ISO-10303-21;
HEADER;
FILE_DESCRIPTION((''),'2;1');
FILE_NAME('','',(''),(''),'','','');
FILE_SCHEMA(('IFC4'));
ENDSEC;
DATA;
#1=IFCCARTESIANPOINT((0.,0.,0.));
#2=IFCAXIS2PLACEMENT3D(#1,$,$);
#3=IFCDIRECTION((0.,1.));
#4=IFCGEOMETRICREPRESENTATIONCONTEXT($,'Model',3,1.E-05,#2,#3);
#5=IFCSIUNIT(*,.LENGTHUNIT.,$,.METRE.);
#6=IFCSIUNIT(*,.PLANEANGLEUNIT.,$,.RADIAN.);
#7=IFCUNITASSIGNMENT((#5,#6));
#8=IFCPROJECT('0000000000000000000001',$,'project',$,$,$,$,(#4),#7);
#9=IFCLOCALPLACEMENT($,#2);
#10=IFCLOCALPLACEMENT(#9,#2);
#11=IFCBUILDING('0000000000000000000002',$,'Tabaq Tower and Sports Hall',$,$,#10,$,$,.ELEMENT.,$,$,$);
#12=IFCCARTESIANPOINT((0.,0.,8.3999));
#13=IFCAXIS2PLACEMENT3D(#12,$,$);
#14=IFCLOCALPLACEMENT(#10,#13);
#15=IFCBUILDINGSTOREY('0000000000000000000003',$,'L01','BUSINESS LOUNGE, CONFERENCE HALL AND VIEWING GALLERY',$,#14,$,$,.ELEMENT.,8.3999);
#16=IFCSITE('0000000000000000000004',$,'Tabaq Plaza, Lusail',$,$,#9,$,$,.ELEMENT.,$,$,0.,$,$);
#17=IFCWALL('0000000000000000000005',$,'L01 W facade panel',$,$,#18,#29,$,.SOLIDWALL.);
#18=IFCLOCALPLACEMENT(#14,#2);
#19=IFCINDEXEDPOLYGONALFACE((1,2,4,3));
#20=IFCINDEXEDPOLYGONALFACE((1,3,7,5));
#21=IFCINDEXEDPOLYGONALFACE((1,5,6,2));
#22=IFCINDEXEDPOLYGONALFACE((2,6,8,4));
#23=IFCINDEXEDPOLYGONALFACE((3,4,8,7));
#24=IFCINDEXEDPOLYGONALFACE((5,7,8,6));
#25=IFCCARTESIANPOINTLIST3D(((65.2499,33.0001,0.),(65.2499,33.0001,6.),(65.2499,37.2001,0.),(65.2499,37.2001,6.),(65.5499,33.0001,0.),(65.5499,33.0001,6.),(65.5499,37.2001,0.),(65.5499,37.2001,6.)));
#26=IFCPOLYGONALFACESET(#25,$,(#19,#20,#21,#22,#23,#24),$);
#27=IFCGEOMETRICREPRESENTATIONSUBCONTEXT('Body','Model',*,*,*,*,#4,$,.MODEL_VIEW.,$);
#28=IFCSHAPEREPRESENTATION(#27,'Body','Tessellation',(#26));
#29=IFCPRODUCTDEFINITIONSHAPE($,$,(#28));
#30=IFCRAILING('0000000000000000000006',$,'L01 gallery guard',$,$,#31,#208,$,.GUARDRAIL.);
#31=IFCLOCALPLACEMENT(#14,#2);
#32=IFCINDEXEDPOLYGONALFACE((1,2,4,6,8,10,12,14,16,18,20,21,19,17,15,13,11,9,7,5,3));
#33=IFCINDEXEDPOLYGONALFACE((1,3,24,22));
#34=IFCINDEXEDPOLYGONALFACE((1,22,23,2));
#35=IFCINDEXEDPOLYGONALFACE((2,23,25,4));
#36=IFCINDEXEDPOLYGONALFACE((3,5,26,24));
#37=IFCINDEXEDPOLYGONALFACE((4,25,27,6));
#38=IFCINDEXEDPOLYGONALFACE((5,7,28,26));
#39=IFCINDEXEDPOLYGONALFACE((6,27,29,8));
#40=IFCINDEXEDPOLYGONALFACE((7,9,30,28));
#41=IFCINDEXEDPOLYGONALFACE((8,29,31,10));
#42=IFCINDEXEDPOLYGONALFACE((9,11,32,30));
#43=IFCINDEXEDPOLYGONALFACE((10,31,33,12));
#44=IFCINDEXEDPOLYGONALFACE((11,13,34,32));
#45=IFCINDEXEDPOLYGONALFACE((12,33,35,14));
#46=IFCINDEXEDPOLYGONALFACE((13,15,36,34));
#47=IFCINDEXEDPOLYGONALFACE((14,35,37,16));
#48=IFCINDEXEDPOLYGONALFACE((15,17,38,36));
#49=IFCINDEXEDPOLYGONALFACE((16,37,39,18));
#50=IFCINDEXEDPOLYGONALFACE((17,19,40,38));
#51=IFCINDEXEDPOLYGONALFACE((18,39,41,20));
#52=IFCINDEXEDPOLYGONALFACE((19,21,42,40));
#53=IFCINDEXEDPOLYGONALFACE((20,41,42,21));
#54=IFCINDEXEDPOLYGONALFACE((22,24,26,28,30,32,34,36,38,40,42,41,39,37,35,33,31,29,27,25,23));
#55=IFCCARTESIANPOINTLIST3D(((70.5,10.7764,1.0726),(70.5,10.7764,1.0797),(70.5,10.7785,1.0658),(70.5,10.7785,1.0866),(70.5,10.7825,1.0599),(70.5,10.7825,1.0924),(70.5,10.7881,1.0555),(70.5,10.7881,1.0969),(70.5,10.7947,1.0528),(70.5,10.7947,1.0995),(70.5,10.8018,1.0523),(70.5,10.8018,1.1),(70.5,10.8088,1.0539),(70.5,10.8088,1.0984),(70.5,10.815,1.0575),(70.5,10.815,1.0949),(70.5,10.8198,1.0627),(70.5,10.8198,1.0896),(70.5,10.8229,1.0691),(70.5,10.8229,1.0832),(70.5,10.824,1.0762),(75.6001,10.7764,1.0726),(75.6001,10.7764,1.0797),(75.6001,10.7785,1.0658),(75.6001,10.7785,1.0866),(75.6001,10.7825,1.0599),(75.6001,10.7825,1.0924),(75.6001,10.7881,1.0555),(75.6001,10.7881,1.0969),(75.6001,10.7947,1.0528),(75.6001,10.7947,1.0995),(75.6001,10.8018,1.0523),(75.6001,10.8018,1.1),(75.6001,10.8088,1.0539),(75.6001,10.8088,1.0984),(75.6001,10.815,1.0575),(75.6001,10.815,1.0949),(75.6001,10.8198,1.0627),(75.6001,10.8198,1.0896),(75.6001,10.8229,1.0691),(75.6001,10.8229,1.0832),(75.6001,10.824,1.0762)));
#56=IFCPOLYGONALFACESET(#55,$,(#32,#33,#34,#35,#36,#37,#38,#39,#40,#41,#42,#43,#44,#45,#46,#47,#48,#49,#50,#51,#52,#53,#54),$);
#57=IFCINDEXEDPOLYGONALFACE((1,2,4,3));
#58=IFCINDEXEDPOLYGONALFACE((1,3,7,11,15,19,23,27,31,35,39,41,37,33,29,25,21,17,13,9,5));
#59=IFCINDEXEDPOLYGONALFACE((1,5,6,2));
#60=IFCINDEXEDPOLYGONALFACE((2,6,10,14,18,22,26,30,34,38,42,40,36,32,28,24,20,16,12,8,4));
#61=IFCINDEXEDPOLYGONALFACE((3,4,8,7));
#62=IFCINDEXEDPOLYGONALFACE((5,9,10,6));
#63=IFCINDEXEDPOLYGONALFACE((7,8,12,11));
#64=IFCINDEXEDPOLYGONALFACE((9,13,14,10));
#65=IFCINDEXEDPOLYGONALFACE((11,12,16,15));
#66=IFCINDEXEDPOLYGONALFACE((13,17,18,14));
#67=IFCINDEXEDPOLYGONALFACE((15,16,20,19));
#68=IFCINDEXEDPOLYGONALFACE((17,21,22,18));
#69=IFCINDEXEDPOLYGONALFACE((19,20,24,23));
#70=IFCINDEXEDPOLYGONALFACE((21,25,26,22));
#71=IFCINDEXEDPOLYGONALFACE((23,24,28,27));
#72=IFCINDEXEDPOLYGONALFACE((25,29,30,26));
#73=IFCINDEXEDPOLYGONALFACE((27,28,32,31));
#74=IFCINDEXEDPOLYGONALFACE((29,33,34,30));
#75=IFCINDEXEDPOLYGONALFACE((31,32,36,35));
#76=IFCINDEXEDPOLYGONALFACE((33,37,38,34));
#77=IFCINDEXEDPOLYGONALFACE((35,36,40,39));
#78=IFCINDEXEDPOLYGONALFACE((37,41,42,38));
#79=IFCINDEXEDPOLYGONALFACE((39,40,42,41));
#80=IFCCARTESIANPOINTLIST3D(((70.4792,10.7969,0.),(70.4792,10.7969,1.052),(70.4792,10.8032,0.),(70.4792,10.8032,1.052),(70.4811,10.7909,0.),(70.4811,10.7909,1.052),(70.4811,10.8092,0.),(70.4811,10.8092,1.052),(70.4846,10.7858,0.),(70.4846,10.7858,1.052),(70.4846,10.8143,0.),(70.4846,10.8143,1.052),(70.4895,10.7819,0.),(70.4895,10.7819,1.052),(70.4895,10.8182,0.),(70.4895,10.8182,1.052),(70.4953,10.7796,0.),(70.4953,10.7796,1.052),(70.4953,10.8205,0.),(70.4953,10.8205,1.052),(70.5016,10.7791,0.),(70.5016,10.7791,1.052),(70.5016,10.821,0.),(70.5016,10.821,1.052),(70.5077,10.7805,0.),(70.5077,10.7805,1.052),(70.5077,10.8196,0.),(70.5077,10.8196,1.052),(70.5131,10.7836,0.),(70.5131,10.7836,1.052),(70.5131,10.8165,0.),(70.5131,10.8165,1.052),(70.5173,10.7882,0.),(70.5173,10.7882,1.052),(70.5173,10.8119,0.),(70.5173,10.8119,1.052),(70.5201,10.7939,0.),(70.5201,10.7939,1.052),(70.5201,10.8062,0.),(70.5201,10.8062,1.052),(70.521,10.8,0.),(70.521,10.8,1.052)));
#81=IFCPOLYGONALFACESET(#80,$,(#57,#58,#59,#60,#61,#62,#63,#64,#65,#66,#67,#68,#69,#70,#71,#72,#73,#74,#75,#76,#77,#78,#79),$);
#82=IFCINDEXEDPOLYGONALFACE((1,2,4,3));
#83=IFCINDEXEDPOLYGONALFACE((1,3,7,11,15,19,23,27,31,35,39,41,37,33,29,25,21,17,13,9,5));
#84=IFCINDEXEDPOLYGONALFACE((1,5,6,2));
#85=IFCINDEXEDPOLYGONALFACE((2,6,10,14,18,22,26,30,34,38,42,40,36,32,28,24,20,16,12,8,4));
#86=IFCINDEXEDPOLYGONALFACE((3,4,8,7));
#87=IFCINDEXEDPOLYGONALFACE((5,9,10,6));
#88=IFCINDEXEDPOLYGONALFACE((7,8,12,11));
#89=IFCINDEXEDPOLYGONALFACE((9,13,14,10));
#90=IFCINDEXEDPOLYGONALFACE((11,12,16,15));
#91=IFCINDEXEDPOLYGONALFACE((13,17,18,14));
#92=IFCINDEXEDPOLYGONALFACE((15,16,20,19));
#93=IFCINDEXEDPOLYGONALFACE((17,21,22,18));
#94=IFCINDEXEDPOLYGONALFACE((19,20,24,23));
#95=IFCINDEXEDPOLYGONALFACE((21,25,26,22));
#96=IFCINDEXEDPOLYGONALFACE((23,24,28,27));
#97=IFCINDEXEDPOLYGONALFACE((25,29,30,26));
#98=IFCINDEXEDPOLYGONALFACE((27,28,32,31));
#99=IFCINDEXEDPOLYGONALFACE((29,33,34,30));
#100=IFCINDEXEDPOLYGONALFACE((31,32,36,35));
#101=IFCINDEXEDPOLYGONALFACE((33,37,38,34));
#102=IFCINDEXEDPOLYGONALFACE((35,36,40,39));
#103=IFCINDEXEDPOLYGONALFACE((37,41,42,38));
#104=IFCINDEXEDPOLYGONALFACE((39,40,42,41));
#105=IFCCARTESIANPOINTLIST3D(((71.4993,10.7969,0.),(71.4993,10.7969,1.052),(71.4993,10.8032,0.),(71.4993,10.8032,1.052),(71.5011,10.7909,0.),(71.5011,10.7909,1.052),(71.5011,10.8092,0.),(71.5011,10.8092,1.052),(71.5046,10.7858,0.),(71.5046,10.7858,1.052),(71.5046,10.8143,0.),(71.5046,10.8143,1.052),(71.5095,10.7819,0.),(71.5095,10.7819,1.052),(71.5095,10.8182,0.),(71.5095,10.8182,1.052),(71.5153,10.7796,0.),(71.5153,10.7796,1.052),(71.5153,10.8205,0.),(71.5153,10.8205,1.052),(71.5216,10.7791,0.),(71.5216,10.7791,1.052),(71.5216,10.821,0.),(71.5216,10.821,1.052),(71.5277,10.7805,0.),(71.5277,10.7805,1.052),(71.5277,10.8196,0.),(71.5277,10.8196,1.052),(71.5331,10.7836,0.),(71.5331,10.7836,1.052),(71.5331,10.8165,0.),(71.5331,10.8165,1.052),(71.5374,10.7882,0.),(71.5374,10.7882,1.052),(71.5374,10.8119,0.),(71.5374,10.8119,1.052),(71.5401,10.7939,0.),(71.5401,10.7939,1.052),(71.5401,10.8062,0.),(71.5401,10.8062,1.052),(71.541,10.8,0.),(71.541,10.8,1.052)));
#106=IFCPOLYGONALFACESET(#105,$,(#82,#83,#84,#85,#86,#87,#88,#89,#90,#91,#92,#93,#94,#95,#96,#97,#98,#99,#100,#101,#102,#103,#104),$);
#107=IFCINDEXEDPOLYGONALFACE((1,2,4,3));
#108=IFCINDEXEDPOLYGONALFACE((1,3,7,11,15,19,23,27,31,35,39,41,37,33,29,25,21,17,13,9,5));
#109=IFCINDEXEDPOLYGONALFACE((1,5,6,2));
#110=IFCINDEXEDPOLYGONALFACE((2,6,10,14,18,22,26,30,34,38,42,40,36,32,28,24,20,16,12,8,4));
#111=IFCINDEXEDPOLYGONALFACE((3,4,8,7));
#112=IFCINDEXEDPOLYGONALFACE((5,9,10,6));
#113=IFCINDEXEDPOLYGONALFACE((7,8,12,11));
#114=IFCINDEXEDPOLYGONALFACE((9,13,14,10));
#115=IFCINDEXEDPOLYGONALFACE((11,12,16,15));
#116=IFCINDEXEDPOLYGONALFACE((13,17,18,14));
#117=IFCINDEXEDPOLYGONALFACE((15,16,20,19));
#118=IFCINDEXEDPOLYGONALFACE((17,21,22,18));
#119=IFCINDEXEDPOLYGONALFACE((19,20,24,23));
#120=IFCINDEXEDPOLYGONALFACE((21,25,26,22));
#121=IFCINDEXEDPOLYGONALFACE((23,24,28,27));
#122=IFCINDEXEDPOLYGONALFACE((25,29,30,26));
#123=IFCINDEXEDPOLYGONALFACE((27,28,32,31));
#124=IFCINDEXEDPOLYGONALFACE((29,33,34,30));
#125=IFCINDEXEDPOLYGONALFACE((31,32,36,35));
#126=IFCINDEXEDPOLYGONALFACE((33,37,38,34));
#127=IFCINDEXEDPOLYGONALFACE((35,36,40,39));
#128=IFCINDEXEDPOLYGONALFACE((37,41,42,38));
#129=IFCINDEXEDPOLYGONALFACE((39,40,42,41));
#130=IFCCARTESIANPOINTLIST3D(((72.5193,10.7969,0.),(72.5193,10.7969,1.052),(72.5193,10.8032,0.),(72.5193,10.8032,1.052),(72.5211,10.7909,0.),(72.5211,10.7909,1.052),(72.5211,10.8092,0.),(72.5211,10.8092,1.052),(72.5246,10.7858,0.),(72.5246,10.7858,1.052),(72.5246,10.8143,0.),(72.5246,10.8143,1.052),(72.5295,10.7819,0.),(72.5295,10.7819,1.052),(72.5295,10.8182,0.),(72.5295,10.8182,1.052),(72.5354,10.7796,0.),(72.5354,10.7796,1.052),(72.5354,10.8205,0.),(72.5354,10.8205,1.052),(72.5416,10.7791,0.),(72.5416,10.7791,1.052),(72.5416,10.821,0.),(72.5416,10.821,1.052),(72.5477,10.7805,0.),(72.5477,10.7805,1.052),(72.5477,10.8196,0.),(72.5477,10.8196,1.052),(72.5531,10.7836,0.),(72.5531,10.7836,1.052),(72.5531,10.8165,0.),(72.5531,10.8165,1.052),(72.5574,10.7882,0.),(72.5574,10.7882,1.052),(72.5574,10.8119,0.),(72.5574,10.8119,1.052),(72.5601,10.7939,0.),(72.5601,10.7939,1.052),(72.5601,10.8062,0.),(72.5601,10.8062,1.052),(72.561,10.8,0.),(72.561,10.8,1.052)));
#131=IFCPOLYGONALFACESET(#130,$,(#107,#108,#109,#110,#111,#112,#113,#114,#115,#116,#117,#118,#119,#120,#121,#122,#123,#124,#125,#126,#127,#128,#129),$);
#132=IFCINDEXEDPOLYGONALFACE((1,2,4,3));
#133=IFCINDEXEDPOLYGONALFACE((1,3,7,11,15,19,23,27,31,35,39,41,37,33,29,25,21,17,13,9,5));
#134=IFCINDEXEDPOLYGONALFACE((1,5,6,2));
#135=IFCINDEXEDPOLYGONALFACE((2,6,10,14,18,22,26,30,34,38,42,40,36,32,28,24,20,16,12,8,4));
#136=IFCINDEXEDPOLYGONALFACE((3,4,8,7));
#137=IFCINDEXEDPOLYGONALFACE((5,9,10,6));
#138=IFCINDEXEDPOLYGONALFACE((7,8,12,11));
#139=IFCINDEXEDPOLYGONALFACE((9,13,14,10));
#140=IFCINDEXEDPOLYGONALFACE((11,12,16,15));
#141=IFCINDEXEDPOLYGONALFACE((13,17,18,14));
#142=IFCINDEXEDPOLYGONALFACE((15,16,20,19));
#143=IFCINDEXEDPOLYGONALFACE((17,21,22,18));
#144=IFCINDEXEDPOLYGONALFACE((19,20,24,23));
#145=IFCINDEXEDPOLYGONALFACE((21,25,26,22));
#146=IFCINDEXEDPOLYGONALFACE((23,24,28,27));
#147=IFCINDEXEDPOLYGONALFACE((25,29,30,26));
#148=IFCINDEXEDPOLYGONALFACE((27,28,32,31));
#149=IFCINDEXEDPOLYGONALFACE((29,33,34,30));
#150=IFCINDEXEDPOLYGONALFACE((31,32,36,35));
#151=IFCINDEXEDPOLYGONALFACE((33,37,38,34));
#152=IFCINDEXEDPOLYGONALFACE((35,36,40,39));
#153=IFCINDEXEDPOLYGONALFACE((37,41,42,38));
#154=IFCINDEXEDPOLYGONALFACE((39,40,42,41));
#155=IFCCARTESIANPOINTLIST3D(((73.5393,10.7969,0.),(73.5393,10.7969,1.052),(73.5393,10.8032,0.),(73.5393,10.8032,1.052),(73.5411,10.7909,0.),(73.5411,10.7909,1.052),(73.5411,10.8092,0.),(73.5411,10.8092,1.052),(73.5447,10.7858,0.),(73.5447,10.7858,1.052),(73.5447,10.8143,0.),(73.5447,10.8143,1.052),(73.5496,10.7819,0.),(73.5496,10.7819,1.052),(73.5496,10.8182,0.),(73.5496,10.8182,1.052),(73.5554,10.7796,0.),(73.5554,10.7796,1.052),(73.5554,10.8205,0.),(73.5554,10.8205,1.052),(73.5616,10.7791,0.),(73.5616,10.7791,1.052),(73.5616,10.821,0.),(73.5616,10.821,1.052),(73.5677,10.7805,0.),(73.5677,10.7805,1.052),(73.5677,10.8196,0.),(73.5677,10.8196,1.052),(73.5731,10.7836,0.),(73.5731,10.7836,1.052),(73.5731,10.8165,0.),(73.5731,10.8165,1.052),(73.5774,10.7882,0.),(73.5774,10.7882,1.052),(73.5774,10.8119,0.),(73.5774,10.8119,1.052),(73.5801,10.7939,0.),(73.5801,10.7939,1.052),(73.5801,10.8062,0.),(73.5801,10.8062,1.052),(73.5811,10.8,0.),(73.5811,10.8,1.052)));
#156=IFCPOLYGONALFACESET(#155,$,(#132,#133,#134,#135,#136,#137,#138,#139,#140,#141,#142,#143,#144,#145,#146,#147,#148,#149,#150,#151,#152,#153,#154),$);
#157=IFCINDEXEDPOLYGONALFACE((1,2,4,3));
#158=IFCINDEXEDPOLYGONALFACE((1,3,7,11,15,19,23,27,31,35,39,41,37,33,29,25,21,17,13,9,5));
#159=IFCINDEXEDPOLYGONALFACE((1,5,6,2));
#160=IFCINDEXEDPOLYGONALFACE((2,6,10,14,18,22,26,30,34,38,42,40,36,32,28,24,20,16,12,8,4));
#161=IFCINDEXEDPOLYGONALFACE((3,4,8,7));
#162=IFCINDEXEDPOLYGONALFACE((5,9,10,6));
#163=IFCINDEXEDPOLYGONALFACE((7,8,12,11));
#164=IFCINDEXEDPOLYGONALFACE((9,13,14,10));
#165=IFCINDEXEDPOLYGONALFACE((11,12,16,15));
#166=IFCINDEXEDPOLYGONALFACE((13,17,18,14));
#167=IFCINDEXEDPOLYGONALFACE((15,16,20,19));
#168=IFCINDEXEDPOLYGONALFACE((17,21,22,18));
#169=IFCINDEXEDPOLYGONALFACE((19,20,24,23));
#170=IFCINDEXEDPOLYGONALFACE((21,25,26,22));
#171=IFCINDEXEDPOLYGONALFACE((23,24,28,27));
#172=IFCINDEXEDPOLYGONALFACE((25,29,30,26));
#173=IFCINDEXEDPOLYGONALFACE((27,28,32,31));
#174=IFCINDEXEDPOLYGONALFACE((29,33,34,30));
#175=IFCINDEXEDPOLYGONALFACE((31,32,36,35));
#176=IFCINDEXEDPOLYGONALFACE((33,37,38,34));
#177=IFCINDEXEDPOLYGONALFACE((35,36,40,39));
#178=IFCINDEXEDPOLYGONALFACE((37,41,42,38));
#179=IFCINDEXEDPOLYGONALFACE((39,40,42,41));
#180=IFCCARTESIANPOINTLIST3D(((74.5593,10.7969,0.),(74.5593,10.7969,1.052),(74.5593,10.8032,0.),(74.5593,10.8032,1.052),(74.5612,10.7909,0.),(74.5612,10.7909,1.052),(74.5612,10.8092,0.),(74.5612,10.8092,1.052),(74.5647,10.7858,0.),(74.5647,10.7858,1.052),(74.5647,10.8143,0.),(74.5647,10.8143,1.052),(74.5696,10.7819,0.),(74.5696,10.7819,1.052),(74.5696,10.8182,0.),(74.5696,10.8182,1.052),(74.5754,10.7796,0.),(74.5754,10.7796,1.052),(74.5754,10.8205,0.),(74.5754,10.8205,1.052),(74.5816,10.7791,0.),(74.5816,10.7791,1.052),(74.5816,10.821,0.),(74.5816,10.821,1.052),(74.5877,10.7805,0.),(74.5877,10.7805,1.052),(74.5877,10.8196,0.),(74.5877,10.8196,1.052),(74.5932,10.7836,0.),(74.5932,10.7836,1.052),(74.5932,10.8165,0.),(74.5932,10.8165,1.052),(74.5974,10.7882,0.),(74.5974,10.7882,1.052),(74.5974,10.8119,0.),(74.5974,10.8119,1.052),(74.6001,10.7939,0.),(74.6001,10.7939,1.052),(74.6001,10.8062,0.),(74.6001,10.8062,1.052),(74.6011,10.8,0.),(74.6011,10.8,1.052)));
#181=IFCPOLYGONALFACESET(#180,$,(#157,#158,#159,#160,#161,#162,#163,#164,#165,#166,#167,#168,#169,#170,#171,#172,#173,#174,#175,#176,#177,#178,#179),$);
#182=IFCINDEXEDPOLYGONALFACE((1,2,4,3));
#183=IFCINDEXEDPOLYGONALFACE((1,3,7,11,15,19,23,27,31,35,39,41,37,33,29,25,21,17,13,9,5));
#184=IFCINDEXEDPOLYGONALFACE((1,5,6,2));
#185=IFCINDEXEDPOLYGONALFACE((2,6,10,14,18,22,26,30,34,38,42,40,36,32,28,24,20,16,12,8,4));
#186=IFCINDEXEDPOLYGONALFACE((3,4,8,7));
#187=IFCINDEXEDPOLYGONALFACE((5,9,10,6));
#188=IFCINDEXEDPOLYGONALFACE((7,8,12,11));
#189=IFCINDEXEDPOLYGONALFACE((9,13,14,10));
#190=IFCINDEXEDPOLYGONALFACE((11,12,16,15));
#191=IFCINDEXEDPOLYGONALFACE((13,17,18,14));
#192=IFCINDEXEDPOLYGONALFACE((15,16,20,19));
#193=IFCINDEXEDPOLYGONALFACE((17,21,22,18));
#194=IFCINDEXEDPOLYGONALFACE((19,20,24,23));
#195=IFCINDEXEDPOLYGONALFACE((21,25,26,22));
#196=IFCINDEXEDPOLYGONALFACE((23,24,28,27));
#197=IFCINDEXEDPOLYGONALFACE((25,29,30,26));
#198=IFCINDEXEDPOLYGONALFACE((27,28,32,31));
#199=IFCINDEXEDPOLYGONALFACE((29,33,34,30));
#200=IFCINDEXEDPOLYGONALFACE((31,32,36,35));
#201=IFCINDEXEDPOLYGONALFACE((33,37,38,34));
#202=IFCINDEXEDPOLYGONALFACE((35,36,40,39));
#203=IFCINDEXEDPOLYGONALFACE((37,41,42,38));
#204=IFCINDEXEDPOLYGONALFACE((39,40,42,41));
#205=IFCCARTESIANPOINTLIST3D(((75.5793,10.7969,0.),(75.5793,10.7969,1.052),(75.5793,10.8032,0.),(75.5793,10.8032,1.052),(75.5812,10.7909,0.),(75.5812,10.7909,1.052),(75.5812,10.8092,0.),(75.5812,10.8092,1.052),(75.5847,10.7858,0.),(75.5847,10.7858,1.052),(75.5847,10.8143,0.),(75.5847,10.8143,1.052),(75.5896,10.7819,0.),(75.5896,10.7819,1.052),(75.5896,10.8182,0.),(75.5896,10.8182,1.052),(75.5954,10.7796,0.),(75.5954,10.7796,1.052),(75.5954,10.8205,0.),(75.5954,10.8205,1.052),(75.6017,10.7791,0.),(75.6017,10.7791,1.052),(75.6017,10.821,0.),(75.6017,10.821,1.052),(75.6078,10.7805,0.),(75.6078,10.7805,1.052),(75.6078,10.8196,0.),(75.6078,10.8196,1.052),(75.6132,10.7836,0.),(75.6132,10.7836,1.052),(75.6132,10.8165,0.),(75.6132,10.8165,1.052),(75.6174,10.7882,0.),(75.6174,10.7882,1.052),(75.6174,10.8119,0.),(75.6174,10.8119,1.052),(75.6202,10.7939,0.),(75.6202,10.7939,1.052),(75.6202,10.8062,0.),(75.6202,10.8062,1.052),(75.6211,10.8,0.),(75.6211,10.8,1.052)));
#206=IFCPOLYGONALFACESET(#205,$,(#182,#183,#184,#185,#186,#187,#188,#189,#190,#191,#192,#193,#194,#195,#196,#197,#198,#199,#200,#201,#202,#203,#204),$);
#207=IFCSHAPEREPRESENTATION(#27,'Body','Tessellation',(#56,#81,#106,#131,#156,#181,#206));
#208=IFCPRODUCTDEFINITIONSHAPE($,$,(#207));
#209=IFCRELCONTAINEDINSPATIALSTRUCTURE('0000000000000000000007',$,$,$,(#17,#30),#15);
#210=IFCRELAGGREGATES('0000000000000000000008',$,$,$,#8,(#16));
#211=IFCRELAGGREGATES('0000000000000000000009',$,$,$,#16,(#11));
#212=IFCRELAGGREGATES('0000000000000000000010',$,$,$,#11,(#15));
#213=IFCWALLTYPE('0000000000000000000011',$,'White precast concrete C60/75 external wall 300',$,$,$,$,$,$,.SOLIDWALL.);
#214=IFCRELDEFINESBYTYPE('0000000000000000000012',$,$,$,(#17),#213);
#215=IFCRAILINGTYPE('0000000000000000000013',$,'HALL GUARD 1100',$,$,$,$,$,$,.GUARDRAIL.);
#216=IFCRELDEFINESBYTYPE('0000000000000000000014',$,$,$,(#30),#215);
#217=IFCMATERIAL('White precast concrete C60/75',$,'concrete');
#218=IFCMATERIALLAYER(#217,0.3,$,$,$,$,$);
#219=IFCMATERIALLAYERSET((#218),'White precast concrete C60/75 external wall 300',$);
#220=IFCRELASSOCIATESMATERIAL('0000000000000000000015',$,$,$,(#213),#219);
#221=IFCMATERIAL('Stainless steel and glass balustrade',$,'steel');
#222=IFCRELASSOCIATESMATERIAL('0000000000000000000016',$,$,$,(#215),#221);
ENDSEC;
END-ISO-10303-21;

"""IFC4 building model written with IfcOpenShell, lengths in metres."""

from ifc_helpers import new_model, si_unit, direction, frame, frame_2d, origin, origin_2d, place, context, subcontext, project, spatial, rectangle, circle, extrude, material, layer, layer_set, type_object, element, save


model = new_model("IFC4")

# Units and contexts
model_context = context("Model", 3, precision=1e-05, world=origin(), true_north=direction((0.0, 1.0)))
body_context = subcontext(model_context, "Body", "Model", "MODEL_VIEW")
ifc_project = project(units=[si_unit("LENGTHUNIT", "METRE"), si_unit("PLANEANGLEUNIT", "RADIAN")], contexts=[model_context])

# Site, building, storey
site_placement = place(None, origin())
site = spatial("IfcSite", under=ifc_project, at=site_placement, Name="Tabaq Plaza, Lusail", CompositionType="ELEMENT", RefElevation=0.0)
building_placement = place(site_placement, origin())
building = spatial("IfcBuilding", under=site, at=building_placement, Name="Tabaq Tower and Sports Hall", CompositionType="ELEMENT")
storey_placement = place(building_placement, frame((0.0, 0.0, 8.3999)))
storey = spatial("IfcBuildingStorey", under=building, at=storey_placement, Name="L01", Description="BUSINESS LOUNGE, CONFERENCE HALL AND VIEWING GALLERY", CompositionType="ELEMENT", Elevation=8.3999)

# Shared definitions
ifc_material_1 = material(Name="White precast concrete C60/75", Category="concrete")
ifc_layer_1 = layer(ifc_material_1, 0.3)
ifc_layer_set_1 = layer_set([ifc_layer_1], Name="White precast concrete C60/75 external wall 300")
wall_type_1 = type_object("IfcWallType", Name="White precast concrete C60/75 external wall 300", PredefinedType="SOLIDWALL", material=ifc_layer_set_1)

# Wall
wall_1_placement = place(storey_placement, frame((65.3999, 33.0, 0.0), z_axis=(0.0, 0.0, 1.0), x_axis=(0.0, 1.0, 0.0)))
element("IfcWall", 1, at=wall_1_placement, inside=storey, type_object=wall_type_1, Name="L01 W facade panel", PredefinedType="SOLIDWALL", context=body_context, shape_type="SweptSolid", body=[
    extrude(rectangle(XDim=4.2, YDim=0.3, at=frame_2d((2.1001, 0.0))), origin(), (0.0, 0.0, 1.0), 6.0),
])

# Railing
ifc_material_2 = material(Name="Stainless steel and glass balustrade", Category="steel")
railing_type = type_object("IfcRailingType", Name="HALL GUARD 1100", PredefinedType="GUARDRAIL", material=ifc_material_2)
for number, where, name in (
    (2, (70.5, 10.8, 0.0), "L01 gallery guard"),
):
    element("IfcRailing", number, at=place(storey_placement, frame(where)), inside=storey, type_object=railing_type, Name=name, PredefinedType="GUARDRAIL", context=body_context, shape_type="SweptSolid", body=[
        extrude(circle(Radius=0.0239, at=origin_2d()), frame((0.0, 0.0, 1.0762), z_axis=(1.0, 0.0, 0.0), x_axis=(0.0, 1.0, 0.0)), (0.0, 0.0, 1.0), 5.1001),
        extrude(circle(Radius=0.021, at=origin_2d()), origin(), (0.0, 0.0, 1.0), 1.052),
        extrude(circle(Radius=0.021, at=origin_2d()), frame((1.02, 0.0, 0.0)), (0.0, 0.0, 1.0), 1.052),
        extrude(circle(Radius=0.021, at=origin_2d()), frame((2.04, 0.0, 0.0)), (0.0, 0.0, 1.0), 1.052),
        extrude(circle(Radius=0.021, at=origin_2d()), frame((3.0601, 0.0, 0.0)), (0.0, 0.0, 1.0), 1.052),
        extrude(circle(Radius=0.021, at=origin_2d()), frame((4.0801, 0.0, 0.0)), (0.0, 0.0, 1.0), 1.052),
        extrude(circle(Radius=0.021, at=origin_2d()), frame((5.1001, 0.0, 0.0)), (0.0, 0.0, 1.0), 1.052),
    ])

save(model, "model.ifc")
